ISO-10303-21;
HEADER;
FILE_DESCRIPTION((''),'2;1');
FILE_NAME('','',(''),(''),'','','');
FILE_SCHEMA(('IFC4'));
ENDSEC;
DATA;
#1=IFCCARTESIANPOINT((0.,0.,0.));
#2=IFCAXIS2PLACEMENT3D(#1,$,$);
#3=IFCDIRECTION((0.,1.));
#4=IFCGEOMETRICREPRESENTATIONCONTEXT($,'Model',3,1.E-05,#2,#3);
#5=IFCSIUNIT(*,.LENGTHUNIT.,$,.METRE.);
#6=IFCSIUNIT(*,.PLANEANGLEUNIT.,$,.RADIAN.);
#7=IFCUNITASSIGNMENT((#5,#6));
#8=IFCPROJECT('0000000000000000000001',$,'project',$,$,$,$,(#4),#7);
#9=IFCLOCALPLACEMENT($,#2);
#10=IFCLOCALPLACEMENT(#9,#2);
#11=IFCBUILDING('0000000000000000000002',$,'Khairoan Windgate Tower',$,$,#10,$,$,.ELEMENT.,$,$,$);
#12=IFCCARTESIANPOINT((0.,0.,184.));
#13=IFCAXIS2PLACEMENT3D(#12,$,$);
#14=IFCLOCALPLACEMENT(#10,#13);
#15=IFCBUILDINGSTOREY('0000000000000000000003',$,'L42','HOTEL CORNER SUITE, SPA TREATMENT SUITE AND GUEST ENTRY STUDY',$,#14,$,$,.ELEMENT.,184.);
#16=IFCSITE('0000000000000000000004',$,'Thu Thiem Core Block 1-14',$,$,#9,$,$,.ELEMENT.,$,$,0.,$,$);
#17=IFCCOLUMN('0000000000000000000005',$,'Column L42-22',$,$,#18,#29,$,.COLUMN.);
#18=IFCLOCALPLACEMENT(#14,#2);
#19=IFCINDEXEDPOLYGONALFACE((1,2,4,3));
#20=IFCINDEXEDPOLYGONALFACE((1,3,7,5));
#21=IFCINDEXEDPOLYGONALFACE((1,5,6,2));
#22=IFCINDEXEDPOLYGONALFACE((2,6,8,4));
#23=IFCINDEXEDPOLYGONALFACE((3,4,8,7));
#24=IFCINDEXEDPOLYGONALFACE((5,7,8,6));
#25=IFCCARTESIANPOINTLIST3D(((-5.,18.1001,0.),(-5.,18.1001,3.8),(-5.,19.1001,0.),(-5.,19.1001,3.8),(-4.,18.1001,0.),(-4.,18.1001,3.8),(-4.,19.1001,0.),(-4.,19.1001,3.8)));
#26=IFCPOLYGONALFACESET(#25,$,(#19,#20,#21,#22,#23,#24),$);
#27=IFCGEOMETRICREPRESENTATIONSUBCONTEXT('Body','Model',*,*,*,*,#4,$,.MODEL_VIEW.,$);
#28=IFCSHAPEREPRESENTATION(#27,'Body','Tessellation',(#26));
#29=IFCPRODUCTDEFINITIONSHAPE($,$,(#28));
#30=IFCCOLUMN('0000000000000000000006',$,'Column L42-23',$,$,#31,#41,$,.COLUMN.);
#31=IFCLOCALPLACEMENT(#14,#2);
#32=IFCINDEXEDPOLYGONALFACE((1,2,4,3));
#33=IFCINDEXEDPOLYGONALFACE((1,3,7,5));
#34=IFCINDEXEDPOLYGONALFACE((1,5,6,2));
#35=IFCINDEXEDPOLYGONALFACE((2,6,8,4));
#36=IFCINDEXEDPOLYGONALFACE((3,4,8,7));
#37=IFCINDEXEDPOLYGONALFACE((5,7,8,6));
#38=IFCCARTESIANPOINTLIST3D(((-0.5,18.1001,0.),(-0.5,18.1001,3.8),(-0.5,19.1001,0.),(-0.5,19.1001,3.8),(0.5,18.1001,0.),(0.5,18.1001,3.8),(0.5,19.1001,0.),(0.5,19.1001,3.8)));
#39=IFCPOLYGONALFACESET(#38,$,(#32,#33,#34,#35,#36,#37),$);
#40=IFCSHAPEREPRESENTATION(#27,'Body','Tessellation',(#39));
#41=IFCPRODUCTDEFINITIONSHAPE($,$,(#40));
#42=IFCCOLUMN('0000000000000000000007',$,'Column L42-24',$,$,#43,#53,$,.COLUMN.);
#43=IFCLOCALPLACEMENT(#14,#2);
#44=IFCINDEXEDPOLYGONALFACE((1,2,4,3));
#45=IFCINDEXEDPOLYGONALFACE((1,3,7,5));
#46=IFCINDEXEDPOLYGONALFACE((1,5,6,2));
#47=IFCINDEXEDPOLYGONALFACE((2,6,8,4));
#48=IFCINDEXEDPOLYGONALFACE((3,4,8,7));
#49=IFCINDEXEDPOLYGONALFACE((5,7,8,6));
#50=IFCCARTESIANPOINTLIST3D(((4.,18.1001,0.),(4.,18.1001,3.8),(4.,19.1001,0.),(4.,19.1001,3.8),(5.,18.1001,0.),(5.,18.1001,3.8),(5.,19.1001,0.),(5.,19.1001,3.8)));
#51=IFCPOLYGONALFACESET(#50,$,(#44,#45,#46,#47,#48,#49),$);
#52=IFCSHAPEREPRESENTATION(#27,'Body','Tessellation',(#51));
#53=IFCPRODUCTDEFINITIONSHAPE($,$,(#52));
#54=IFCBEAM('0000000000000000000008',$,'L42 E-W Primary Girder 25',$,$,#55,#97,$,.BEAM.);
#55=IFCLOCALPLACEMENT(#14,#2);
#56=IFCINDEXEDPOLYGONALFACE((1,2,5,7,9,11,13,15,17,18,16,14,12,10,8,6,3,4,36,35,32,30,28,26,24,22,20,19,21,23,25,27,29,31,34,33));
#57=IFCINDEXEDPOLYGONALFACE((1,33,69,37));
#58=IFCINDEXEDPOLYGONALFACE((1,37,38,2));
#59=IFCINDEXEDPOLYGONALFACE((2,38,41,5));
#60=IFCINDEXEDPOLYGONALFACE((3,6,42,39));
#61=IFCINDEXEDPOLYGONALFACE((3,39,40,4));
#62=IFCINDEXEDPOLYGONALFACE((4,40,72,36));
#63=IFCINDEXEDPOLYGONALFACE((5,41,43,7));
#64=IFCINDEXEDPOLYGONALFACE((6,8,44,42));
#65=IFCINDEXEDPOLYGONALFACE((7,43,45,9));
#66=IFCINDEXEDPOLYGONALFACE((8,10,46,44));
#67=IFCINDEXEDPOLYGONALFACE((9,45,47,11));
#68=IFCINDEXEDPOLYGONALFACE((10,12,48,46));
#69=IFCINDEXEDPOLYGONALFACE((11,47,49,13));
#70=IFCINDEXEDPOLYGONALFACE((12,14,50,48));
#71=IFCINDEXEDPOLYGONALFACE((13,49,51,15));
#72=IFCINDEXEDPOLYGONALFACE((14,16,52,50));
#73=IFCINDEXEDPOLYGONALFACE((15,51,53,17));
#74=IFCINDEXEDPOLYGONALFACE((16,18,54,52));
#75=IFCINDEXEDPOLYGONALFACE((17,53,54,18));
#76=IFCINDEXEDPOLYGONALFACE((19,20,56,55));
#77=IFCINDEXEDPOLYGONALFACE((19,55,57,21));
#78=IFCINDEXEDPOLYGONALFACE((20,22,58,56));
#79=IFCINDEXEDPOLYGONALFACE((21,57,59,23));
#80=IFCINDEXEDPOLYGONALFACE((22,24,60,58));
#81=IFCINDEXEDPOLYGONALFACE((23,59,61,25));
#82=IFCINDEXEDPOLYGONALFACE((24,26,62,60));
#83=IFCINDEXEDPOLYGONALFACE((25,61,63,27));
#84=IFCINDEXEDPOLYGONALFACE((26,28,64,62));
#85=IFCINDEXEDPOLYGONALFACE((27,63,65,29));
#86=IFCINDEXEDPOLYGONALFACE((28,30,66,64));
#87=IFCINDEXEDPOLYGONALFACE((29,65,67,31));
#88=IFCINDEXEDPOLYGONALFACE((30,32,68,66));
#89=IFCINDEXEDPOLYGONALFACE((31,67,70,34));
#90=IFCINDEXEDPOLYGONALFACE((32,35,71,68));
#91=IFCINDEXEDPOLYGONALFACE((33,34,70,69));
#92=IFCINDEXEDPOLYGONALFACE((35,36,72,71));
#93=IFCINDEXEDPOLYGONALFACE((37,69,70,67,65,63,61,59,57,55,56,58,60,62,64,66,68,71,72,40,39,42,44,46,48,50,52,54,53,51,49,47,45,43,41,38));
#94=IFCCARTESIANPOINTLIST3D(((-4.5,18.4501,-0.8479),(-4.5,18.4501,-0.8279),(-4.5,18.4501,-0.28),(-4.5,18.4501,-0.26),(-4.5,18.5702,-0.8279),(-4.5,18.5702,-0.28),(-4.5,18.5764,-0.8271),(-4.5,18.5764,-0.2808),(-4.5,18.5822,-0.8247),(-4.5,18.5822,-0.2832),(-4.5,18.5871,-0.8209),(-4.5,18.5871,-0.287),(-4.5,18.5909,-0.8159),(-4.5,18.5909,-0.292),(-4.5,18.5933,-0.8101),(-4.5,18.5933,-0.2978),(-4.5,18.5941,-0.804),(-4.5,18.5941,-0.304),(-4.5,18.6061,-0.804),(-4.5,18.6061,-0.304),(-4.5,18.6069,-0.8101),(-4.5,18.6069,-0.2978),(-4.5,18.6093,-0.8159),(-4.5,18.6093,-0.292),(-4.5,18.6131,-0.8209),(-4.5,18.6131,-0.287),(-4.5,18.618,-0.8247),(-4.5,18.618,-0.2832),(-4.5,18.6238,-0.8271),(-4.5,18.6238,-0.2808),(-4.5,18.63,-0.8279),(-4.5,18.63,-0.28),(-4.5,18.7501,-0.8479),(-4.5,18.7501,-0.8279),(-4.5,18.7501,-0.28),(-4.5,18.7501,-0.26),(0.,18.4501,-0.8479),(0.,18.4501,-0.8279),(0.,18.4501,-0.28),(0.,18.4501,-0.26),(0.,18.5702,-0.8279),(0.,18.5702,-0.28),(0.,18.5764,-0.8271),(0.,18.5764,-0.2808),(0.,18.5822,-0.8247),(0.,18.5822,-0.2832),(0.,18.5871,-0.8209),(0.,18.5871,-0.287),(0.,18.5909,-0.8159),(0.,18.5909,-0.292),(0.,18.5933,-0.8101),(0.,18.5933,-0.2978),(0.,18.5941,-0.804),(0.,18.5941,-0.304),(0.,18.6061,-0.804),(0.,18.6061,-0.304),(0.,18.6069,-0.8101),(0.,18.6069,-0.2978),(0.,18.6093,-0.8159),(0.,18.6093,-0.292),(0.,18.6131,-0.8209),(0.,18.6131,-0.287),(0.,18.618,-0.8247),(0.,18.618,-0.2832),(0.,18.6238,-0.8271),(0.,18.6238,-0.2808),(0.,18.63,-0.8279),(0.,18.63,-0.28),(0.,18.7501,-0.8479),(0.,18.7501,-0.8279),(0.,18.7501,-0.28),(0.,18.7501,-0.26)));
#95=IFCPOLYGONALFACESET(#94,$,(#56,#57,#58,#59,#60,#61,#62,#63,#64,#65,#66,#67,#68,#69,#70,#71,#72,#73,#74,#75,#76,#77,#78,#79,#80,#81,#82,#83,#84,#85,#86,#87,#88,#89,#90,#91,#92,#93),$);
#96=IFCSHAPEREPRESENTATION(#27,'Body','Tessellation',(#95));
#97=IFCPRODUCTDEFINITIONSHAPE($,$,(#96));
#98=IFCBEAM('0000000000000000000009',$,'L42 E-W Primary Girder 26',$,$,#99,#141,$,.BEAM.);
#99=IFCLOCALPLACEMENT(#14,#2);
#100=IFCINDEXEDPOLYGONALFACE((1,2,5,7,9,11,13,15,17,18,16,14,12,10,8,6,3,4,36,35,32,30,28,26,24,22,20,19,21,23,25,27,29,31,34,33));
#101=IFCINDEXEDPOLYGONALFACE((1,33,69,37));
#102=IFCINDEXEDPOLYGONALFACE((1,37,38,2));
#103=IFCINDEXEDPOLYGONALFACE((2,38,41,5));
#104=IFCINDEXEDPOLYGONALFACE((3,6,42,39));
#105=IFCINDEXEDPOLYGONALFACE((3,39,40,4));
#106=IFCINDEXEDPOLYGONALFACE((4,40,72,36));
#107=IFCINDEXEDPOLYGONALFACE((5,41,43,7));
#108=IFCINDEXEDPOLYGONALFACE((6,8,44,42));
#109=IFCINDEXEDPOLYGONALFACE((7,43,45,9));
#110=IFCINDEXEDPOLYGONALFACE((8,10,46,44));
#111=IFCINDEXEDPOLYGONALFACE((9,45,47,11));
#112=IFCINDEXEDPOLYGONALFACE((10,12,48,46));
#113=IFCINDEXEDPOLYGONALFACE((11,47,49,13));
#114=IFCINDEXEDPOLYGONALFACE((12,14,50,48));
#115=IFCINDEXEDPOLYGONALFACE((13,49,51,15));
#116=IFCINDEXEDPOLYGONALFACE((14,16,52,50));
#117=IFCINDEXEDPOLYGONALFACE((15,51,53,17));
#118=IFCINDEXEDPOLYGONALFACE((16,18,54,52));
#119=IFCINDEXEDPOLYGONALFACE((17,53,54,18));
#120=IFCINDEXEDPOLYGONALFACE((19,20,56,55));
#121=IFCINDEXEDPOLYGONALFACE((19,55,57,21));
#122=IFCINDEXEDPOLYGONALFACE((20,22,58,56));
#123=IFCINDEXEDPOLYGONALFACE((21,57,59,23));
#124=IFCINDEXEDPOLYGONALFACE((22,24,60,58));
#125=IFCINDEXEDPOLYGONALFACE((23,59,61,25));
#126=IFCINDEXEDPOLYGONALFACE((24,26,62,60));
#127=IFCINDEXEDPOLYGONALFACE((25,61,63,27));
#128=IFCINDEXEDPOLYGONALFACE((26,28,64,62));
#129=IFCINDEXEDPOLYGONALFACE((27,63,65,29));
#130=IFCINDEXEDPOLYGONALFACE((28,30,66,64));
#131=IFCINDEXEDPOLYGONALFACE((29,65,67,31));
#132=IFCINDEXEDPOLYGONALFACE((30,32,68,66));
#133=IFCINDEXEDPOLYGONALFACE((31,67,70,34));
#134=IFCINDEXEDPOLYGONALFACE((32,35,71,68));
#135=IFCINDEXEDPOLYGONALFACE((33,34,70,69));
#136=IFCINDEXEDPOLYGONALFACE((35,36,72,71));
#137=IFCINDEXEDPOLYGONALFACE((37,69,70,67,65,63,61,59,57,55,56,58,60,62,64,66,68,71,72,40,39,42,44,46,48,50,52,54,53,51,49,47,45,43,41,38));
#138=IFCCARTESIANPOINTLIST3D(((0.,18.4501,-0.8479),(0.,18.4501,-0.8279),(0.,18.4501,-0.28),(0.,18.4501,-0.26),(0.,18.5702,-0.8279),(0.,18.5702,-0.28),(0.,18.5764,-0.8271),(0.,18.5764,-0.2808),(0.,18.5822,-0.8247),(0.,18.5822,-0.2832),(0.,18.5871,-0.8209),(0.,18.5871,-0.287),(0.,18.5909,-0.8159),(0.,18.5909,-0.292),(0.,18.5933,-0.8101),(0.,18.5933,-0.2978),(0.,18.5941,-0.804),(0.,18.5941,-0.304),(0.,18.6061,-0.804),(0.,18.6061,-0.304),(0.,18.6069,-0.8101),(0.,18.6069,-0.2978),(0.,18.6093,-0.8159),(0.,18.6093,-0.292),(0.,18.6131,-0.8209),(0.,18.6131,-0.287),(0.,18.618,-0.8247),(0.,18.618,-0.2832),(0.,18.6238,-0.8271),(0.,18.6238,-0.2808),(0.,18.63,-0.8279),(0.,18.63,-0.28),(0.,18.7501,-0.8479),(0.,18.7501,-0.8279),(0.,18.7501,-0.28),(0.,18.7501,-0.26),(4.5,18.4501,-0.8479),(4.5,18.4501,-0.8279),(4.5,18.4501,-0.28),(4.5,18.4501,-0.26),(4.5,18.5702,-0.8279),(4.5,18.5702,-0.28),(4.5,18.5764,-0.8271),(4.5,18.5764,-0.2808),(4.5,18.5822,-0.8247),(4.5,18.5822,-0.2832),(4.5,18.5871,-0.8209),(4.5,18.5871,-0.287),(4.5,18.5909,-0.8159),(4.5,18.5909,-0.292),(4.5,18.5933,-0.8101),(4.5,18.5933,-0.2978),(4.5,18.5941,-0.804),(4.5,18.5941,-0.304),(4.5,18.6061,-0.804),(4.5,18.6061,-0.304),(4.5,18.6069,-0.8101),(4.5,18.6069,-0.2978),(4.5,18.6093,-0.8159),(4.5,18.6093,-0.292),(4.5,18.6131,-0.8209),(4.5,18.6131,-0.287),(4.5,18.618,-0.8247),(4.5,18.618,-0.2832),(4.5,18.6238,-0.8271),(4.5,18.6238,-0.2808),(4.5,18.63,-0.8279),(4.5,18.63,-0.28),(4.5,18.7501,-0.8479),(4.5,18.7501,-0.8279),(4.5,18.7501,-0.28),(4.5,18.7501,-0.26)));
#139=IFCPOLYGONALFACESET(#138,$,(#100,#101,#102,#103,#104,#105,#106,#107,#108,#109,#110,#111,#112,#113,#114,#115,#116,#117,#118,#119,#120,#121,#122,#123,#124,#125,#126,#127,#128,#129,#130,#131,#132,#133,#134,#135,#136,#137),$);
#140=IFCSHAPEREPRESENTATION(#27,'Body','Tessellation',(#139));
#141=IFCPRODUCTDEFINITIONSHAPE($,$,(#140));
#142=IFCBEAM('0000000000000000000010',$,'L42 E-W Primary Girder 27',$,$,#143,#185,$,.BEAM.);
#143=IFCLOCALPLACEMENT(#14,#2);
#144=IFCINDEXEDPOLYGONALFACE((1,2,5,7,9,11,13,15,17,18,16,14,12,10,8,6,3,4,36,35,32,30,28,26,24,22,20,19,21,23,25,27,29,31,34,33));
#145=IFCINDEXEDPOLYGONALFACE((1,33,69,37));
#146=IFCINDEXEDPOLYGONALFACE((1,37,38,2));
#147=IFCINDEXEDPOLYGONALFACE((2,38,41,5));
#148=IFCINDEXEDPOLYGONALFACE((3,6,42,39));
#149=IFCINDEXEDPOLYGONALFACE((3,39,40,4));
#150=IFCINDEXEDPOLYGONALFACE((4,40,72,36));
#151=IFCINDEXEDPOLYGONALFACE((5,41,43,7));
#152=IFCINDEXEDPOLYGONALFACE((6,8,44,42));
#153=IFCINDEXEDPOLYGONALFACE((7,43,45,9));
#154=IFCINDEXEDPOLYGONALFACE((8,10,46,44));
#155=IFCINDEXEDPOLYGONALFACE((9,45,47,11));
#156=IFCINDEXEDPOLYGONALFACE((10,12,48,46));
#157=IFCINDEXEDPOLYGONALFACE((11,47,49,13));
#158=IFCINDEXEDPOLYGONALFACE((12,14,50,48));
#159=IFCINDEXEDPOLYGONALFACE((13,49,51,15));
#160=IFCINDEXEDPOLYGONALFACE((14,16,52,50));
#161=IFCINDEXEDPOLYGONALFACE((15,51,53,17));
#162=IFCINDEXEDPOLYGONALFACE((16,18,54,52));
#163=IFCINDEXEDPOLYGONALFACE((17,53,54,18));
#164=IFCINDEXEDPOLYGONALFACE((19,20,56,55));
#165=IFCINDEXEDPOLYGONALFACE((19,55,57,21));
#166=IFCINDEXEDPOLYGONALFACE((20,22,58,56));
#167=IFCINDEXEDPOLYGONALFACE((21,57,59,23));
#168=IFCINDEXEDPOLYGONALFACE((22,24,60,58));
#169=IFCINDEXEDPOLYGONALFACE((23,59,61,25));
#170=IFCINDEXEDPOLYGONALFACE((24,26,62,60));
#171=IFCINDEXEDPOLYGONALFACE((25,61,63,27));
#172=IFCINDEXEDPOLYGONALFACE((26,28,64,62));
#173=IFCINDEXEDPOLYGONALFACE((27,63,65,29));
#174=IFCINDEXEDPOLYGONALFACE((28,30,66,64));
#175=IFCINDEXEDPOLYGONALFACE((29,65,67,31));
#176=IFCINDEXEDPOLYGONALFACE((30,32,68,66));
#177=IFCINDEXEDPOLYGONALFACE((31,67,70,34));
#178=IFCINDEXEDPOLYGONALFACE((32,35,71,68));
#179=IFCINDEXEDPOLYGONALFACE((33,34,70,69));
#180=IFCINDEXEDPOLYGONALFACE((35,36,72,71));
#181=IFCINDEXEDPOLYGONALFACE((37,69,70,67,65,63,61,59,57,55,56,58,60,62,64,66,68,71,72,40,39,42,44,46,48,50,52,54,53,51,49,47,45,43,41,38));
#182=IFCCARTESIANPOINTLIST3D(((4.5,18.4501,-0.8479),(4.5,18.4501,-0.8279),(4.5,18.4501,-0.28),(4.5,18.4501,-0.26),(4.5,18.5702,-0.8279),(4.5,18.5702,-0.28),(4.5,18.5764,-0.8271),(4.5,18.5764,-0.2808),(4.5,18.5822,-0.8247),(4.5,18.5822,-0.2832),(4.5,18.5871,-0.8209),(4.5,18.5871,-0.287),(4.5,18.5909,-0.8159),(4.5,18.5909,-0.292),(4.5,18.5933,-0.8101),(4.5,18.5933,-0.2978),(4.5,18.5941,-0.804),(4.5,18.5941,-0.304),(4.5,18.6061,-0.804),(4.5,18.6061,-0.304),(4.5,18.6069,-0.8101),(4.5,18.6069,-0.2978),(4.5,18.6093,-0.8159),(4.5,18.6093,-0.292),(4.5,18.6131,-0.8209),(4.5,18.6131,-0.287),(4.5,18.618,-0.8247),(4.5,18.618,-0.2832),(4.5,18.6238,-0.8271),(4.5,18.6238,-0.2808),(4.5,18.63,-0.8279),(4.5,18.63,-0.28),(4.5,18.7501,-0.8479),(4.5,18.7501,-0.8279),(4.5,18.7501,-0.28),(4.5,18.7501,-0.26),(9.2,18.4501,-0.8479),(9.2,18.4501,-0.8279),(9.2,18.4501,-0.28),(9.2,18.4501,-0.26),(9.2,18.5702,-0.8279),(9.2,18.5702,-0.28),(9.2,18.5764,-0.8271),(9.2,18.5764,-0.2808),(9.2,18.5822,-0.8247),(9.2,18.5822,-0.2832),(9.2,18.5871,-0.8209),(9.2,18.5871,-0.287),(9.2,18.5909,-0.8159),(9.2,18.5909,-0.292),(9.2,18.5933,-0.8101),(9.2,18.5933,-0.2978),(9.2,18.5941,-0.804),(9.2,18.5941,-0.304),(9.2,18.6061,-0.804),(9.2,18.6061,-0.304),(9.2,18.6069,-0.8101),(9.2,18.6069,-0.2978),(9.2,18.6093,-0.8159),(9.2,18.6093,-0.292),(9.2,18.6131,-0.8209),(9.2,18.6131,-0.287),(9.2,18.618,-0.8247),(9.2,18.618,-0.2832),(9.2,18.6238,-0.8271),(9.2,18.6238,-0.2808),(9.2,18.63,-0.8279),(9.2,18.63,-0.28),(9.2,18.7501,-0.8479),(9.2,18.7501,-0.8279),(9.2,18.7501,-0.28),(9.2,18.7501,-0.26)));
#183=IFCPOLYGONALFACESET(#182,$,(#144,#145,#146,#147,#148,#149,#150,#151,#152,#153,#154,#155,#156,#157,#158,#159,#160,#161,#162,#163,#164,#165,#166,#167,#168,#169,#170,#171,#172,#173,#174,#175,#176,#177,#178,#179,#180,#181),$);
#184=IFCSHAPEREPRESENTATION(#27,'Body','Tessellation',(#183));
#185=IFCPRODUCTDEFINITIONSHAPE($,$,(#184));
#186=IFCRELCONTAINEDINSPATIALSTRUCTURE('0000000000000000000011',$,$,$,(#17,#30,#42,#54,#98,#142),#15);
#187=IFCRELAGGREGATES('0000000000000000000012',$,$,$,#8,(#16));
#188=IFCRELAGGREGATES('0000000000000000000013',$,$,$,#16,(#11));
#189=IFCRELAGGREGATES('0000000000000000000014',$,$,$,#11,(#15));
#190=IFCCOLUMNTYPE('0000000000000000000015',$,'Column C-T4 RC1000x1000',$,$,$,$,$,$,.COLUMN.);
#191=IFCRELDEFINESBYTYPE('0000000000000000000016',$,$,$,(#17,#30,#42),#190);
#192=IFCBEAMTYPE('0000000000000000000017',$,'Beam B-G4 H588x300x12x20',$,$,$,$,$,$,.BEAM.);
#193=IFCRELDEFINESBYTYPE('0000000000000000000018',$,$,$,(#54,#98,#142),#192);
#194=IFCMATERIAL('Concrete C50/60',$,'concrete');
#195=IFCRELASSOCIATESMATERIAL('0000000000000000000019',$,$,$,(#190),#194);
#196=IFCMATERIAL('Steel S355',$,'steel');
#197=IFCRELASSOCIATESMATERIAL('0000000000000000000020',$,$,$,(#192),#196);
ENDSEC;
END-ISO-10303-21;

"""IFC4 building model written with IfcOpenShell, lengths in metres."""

from ifc_helpers import new_model, si_unit, direction, frame, origin, origin_2d, place, context, subcontext, project, spatial, rectangle, i_section, extrude, material, material_profile, profile_set, type_object, element, save


model = new_model("IFC4")

# Units and contexts
model_context = context("Model", 3, precision=1e-05, world=origin(), true_north=direction((0.0, 1.0)))
body_context = subcontext(model_context, "Body", "Model", "MODEL_VIEW")
ifc_project = project(units=[si_unit("LENGTHUNIT", "METRE"), si_unit("PLANEANGLEUNIT", "RADIAN")], contexts=[model_context])

# Site, building, storey
site_placement = place(None, origin())
site = spatial("IfcSite", under=ifc_project, at=site_placement, Name="Thu Thiem Core Block 1-14", CompositionType="ELEMENT", RefElevation=0.0)
building_placement = place(site_placement, origin())
building = spatial("IfcBuilding", under=site, at=building_placement, Name="Khairoan Windgate Tower", CompositionType="ELEMENT")
storey_placement = place(building_placement, frame((0.0, 0.0, 184.0)))
storey = spatial("IfcBuildingStorey", under=building, at=storey_placement, Name="L42", Description="HOTEL CORNER SUITE, SPA TREATMENT SUITE AND GUEST ENTRY STUDY", CompositionType="ELEMENT", Elevation=184.0)

# Columns
ifc_material_1 = material(Name="Concrete C50/60", Category="concrete")
ifc_material_profile_1 = material_profile(ifc_material_1, rectangle(XDim=1.0, YDim=1.0, at=origin_2d()))
ifc_profile_set_1 = profile_set([ifc_material_profile_1], Name="Concrete C50/60")
column_type = type_object("IfcColumnType", Name="Column C-T4 RC1000x1000", PredefinedType="COLUMN", material=ifc_profile_set_1)
for number, where, z_axis, x_axis, name in (
    (1, (-4.5, 18.6001, 0.0), (0.0, 0.0, 1.0), (1.0, 0.0, 0.0), "Column L42-22"),
    (2, (0.0, 18.6001, 0.0), (0.0, 0.0, 1.0), (1.0, 0.0, 0.0), "Column L42-23"),
    (3, (4.5, 18.6001, 0.0), (0.0, 0.0, 1.0), (1.0, 0.0, 0.0), "Column L42-24"),
):
    element("IfcColumn", number, at=place(storey_placement, frame(where, z_axis=z_axis, x_axis=x_axis)), inside=storey, type_object=column_type, Name=name, PredefinedType="COLUMN", context=body_context, shape_type="SweptSolid", body=[
        extrude(rectangle(XDim=1.0, YDim=1.0, at=origin_2d()), origin(), (0.0, 0.0, 1.0), 3.8),
    ])

# Beams
ifc_material_2 = material(Name="Steel S355", Category="steel")
ifc_material_profile_2 = material_profile(ifc_material_2, i_section(OverallWidth=0.3, OverallDepth=0.5879, WebThickness=0.012, FlangeThickness=0.02, FilletRadius=0.0239, at=origin_2d()))
ifc_profile_set_2 = profile_set([ifc_material_profile_2], Name="Steel S355")
beam_type_1 = type_object("IfcBeamType", Name="Beam B-G4 H588x300x12x20", PredefinedType="BEAM", material=ifc_profile_set_2)
for number, where, z_axis, x_axis, name in (
    (4, (-4.5, 18.6001, -0.554), (1.0, 0.0, 0.0), (0.0, 1.0, 0.0), "L42 E-W Primary Girder 25"),
    (5, (0.0, 18.6001, -0.554), (1.0, 0.0, 0.0), (0.0, 1.0, 0.0), "L42 E-W Primary Girder 26"),
):
    element("IfcBeam", number, at=place(storey_placement, frame(where, z_axis=z_axis, x_axis=x_axis)), inside=storey, type_object=beam_type_1, Name=name, PredefinedType="BEAM", context=body_context, shape_type="SweptSolid", body=[
        extrude(i_section(OverallWidth=0.3, OverallDepth=0.5879, WebThickness=0.012, FlangeThickness=0.02, FilletRadius=0.0239, at=origin_2d()), origin(), (0.0, 0.0, 1.0), 4.5),
    ])
beam_placement = place(storey_placement, frame((4.5, 18.6001, -0.554), z_axis=(1.0, 0.0, 0.0), x_axis=(0.0, 1.0, 0.0)))
element("IfcBeam", 6, at=beam_placement, inside=storey, type_object=beam_type_1, Name="L42 E-W Primary Girder 27", PredefinedType="BEAM", context=body_context, shape_type="SweptSolid", body=[
    extrude(i_section(OverallWidth=0.3, OverallDepth=0.5879, WebThickness=0.012, FlangeThickness=0.02, FilletRadius=0.0239, at=origin_2d()), origin(), (0.0, 0.0, 1.0), 4.7),
])

save(model, "model.ifc")
